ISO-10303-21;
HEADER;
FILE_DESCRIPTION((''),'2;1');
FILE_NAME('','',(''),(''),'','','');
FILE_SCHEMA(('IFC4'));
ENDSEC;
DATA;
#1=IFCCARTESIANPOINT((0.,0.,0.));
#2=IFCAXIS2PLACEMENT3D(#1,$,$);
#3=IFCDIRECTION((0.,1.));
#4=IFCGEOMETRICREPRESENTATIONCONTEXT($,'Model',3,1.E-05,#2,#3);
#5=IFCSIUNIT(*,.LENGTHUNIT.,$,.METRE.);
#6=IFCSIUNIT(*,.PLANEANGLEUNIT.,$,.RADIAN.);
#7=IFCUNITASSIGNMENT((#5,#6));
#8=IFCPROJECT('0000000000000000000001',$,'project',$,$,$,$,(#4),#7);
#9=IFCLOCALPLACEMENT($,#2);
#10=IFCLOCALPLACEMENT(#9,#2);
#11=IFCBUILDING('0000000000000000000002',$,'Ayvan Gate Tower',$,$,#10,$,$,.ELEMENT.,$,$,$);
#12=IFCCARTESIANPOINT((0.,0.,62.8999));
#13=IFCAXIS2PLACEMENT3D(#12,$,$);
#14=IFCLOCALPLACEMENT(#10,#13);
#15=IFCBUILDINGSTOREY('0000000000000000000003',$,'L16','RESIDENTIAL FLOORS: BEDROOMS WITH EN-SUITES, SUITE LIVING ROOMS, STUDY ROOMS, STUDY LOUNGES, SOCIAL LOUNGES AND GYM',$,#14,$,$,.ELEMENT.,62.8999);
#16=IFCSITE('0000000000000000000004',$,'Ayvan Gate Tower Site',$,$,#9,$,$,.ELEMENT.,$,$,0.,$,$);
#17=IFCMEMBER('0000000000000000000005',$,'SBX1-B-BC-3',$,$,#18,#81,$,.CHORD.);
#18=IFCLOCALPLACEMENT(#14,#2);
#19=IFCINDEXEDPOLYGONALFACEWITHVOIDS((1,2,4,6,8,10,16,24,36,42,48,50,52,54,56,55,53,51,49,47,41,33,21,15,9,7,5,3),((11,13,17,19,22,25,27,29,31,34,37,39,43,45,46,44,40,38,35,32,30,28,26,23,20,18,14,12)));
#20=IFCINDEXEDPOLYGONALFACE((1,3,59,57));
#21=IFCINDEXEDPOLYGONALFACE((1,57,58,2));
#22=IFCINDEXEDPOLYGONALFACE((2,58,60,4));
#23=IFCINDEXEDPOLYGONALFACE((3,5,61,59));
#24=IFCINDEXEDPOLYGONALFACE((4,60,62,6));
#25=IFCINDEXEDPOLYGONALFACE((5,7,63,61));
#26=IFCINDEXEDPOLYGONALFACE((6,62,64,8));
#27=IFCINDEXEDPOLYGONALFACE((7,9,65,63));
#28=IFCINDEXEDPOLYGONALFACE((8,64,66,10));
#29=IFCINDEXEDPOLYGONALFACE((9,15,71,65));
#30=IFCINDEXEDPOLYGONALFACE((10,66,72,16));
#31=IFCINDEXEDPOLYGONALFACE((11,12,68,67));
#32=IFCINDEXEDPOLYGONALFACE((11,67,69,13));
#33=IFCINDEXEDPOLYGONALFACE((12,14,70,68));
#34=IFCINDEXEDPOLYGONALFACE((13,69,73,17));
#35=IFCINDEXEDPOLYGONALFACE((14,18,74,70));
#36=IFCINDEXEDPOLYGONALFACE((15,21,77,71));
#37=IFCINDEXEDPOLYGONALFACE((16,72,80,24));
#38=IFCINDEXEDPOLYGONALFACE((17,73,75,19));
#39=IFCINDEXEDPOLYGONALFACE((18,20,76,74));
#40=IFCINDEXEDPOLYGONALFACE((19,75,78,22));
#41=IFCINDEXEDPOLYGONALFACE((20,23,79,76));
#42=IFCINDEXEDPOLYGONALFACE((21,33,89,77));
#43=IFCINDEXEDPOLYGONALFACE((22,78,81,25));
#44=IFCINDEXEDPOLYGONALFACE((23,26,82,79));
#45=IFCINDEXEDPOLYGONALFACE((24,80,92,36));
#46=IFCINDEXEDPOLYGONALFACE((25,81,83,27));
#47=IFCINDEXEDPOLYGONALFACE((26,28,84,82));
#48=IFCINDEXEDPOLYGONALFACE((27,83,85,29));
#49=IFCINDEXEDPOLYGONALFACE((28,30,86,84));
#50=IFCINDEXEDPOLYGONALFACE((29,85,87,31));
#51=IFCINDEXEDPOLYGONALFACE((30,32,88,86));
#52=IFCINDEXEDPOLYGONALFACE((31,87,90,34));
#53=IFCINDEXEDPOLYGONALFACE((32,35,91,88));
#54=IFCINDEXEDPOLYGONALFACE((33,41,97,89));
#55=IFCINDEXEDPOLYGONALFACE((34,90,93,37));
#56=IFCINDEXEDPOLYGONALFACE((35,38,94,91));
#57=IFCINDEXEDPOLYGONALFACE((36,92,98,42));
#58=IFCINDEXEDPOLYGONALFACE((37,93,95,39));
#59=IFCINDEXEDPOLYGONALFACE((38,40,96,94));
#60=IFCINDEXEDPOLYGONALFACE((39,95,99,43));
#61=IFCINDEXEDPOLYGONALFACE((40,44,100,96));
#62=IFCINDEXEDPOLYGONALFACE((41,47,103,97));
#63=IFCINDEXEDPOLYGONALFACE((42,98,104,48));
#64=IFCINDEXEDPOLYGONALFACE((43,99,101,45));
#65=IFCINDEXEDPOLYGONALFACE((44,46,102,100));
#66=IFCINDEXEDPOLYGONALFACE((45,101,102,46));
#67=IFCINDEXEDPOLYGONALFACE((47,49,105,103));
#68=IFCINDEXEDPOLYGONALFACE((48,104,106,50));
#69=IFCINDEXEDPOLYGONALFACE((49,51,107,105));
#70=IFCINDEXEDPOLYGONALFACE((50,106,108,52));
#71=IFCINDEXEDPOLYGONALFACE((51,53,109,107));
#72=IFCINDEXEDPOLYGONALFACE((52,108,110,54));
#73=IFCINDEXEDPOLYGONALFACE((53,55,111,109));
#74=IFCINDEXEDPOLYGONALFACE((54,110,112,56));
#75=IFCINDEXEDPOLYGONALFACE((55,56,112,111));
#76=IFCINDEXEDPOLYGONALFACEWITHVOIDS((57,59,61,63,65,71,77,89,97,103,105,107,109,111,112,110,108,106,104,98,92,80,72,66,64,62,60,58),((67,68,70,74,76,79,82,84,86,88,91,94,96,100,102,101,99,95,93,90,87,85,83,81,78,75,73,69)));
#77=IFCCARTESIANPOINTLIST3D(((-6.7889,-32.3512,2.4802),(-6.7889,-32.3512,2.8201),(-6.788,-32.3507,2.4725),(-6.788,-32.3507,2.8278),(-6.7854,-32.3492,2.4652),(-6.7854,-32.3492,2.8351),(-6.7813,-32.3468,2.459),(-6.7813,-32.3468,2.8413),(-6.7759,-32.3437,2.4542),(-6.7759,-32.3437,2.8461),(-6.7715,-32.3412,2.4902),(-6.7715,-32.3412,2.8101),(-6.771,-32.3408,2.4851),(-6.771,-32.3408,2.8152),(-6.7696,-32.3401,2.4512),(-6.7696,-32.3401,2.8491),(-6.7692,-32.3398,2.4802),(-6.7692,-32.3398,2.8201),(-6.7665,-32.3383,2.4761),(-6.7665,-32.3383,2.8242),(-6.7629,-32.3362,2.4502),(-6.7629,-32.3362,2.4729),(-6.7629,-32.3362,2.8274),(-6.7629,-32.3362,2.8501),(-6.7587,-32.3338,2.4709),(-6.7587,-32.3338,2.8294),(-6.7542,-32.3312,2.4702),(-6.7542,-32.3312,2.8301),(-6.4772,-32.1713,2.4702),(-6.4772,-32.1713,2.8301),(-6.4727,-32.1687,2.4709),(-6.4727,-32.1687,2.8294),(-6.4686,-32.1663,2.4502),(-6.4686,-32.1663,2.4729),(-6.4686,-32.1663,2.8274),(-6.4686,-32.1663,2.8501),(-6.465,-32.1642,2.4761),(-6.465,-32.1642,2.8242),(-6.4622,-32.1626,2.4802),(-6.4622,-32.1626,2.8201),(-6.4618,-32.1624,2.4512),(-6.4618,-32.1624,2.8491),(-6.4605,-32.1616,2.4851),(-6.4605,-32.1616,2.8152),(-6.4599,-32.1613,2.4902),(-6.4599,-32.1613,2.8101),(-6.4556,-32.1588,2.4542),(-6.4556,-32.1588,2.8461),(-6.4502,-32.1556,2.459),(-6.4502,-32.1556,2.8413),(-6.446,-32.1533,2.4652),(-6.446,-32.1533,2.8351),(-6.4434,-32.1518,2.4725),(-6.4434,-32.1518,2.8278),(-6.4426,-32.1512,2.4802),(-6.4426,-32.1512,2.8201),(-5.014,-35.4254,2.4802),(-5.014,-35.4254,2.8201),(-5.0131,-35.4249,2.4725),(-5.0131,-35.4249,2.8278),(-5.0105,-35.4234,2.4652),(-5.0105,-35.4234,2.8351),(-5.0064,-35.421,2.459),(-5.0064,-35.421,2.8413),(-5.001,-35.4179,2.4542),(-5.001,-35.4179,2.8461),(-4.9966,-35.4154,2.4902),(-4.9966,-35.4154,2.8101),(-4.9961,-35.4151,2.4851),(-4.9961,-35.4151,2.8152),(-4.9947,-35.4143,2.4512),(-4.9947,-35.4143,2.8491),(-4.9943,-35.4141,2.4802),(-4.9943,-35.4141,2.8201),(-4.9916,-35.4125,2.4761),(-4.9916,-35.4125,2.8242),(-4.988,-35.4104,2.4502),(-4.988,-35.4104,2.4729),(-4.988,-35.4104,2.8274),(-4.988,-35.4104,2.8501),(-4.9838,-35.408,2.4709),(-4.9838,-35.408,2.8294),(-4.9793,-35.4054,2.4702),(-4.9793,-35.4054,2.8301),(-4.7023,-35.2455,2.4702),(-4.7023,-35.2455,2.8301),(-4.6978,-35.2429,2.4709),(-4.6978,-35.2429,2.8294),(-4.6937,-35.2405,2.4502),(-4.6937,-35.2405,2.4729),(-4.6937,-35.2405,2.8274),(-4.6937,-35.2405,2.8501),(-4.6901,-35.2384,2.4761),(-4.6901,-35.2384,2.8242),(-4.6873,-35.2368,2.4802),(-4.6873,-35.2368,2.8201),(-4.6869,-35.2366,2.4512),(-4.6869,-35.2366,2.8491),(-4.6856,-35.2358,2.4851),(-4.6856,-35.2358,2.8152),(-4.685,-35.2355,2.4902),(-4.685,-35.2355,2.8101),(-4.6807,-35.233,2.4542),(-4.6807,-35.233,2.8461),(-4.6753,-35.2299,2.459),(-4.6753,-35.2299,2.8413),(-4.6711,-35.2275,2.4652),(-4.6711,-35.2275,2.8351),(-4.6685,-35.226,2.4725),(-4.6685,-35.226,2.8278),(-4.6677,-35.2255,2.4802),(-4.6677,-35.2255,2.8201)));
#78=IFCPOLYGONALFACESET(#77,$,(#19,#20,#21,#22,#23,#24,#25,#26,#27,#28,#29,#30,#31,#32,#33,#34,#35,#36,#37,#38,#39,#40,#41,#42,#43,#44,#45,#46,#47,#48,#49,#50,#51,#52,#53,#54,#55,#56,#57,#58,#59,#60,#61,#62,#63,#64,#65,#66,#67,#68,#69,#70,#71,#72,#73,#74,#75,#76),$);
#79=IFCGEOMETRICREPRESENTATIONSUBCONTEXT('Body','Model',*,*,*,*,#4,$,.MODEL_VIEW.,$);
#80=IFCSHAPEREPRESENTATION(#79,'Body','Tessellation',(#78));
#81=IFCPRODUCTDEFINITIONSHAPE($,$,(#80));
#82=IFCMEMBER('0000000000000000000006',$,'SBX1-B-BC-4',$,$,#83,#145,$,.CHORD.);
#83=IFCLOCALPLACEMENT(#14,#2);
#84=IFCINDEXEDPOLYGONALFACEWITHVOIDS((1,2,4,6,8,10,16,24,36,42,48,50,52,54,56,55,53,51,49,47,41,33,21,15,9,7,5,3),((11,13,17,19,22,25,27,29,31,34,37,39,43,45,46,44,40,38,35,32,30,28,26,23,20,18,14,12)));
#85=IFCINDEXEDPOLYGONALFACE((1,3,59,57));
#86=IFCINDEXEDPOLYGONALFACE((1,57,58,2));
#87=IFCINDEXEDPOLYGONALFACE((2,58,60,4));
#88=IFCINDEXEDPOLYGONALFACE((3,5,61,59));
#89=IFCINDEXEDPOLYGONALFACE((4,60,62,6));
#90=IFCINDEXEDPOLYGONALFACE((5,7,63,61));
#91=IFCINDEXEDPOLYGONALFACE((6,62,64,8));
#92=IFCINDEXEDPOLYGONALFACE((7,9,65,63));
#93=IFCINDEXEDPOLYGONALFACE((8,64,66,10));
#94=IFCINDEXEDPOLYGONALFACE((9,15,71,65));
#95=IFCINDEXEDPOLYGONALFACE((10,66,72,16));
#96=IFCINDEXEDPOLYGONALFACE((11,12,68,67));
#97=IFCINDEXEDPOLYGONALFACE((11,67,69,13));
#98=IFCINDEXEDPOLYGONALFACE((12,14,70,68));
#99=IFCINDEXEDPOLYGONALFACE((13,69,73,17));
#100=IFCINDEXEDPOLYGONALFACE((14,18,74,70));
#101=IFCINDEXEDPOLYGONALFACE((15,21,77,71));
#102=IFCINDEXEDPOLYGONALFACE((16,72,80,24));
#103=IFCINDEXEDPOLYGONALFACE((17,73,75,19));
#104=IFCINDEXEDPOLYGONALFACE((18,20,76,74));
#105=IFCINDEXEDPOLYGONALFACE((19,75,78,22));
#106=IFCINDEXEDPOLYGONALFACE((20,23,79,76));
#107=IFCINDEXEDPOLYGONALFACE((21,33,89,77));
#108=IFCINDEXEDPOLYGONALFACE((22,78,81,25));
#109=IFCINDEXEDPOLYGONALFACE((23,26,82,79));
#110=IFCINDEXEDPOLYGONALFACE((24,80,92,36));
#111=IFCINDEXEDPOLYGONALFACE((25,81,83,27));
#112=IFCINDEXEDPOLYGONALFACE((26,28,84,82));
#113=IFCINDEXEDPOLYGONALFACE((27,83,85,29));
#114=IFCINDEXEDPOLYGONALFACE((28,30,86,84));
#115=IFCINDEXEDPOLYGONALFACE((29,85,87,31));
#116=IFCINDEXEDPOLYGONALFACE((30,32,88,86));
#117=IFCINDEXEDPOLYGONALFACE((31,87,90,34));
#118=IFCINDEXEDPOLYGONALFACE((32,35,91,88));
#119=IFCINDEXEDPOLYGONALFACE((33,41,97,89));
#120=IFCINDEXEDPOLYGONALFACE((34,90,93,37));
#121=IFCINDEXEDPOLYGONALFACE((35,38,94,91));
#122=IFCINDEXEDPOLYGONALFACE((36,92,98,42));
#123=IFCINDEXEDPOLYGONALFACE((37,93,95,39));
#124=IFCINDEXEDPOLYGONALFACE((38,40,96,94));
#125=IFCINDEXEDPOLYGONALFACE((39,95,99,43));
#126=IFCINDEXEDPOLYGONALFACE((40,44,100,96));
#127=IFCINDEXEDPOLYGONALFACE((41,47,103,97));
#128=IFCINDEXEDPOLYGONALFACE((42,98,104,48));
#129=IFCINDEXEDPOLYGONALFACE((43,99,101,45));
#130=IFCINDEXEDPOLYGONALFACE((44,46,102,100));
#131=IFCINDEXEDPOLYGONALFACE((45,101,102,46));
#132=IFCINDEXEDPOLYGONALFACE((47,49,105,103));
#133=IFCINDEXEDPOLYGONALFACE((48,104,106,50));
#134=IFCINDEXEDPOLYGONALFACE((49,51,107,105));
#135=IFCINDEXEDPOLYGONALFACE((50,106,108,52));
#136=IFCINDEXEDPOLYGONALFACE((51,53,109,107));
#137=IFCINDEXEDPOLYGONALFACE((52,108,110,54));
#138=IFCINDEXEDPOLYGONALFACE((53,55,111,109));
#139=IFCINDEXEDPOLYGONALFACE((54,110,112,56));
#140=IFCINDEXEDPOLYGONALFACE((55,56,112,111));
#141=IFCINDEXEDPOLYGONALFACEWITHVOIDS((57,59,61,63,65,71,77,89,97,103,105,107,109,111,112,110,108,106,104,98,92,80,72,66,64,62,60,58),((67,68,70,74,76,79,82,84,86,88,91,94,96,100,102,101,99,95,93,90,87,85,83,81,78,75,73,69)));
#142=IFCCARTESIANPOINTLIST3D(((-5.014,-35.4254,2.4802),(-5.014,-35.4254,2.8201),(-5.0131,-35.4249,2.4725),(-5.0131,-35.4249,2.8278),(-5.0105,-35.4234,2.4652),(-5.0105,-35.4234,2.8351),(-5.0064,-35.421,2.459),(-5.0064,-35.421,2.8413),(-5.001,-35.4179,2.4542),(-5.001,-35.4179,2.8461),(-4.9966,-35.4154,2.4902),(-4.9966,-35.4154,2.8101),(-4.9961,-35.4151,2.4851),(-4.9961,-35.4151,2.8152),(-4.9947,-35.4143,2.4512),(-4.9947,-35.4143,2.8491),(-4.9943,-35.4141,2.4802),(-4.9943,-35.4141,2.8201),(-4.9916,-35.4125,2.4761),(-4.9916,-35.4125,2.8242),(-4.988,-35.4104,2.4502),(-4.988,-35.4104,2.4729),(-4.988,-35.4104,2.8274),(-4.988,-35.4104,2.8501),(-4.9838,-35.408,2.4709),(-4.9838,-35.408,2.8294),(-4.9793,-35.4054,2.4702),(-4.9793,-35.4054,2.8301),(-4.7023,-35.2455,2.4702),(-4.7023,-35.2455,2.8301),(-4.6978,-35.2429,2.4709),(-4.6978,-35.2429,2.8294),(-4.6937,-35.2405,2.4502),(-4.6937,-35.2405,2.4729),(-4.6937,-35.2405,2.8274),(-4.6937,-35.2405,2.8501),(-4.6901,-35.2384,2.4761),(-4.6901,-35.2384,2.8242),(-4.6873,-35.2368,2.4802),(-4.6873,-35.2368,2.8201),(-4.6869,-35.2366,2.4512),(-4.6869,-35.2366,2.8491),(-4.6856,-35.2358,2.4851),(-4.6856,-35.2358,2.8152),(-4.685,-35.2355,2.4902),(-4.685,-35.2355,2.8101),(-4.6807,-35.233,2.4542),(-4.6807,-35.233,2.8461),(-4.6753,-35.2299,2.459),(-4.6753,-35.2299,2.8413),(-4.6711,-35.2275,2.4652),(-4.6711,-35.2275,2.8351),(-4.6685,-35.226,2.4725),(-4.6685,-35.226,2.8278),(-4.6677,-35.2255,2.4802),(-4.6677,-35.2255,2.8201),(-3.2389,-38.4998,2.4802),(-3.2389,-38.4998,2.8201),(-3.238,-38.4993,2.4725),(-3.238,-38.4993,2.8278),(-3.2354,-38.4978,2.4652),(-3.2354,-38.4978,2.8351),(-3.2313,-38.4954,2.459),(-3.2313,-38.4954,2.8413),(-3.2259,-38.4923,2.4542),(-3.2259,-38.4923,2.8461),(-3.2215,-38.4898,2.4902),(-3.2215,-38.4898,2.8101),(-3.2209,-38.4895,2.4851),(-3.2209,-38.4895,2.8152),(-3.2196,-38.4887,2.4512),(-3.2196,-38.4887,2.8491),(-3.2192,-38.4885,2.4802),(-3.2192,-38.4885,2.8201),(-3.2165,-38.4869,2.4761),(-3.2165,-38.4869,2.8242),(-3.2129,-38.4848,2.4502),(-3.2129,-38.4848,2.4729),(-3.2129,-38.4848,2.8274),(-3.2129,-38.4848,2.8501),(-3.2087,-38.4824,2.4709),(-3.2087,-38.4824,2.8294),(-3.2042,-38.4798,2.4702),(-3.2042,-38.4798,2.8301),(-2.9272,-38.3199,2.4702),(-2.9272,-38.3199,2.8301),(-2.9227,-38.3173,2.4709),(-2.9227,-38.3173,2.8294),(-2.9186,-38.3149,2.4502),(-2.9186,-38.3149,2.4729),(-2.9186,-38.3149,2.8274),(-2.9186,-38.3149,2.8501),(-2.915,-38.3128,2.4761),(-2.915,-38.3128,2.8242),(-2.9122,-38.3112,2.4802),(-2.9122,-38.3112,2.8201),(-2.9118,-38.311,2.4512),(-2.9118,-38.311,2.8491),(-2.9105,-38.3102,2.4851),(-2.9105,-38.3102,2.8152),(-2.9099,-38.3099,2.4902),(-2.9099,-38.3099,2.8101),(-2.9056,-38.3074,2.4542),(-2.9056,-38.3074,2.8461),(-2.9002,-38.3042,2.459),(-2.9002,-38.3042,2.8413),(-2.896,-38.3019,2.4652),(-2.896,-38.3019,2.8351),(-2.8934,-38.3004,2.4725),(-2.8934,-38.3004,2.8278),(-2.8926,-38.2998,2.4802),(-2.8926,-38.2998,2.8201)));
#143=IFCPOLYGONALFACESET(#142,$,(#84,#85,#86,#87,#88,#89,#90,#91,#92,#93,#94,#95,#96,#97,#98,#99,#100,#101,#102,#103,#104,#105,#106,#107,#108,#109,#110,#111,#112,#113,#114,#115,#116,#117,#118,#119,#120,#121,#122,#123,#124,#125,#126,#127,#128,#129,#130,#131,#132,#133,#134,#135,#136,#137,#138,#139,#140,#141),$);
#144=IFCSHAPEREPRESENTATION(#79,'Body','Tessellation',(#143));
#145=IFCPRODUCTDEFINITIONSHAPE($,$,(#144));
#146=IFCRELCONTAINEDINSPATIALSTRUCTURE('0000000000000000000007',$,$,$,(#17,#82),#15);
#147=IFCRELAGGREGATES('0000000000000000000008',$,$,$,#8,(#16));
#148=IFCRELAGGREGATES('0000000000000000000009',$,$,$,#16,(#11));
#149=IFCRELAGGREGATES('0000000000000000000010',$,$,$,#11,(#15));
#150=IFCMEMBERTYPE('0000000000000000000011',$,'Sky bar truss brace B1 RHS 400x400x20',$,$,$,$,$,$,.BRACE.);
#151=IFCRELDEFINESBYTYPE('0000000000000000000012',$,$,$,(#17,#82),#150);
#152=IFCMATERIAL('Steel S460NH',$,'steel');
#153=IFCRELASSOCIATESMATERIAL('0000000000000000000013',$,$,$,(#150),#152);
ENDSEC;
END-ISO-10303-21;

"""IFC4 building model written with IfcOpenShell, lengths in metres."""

from ifc_helpers import new_model, si_unit, direction, frame, origin, origin_2d, place, context, subcontext, project, spatial, hollow_rectangle, extrude, material, material_profile, profile_set, type_object, element, save


model = new_model("IFC4")

# Units and contexts
model_context = context("Model", 3, precision=1e-05, world=origin(), true_north=direction((0.0, 1.0)))
body_context = subcontext(model_context, "Body", "Model", "MODEL_VIEW")
ifc_project = project(units=[si_unit("LENGTHUNIT", "METRE"), si_unit("PLANEANGLEUNIT", "RADIAN")], contexts=[model_context])

# Site, building, storey
site_placement = place(None, origin())
site = spatial("IfcSite", under=ifc_project, at=site_placement, Name="Ayvan Gate Tower Site", CompositionType="ELEMENT", RefElevation=0.0)
building_placement = place(site_placement, origin())
building = spatial("IfcBuilding", under=site, at=building_placement, Name="Ayvan Gate Tower", CompositionType="ELEMENT")
storey_placement = place(building_placement, frame((0.0, 0.0, 62.8999)))
storey = spatial("IfcBuildingStorey", under=building, at=storey_placement, Name="L16", Description="RESIDENTIAL FLOORS: BEDROOMS WITH EN-SUITES, SUITE LIVING ROOMS, STUDY ROOMS, STUDY LOUNGES, SOCIAL LOUNGES AND GYM", CompositionType="ELEMENT", Elevation=62.8999)

# Members
ifc_material_1 = material(Name="Steel S460NH", Category="steel")
ifc_material_profile_1 = material_profile(ifc_material_1, hollow_rectangle(XDim=0.3999, YDim=0.3999, WallThickness=0.02, InnerFilletRadius=0.02, OuterFilletRadius=0.03, at=origin_2d()), Name="RHS 400x400x20")
ifc_profile_set_1 = profile_set([ifc_material_profile_1], Name="Steel S460NH")
member_type_1 = type_object("IfcMemberType", Name="Sky bar truss brace B1 RHS 400x400x20", PredefinedType="BRACE", material=ifc_profile_set_1)
member_1_placement = place(storey_placement, frame((-6.6157, -32.2512, 2.6501), z_axis=(0.5, -0.866025, 0.0), x_axis=(0.866025, 0.5, 0.0)))
element("IfcMember", 1, at=member_1_placement, inside=storey, type_object=member_type_1, Name="SBX1-B-BC-3", PredefinedType="CHORD", context=body_context, shape_type="SweptSolid", body=[
    extrude(hollow_rectangle(XDim=0.3999, YDim=0.3999, WallThickness=0.02, InnerFilletRadius=0.02, OuterFilletRadius=0.03, at=origin_2d()), origin(), (0.0, 0.0, 1.0), 3.5498),
])
for number, where, z_axis, x_axis, name in (
    (2, (-4.8408, -35.3254, 2.6501), (0.500022, -0.866013, 0.0), (0.866013, 0.500022, 0.0), "SBX1-B-BC-4"),
):
    element("IfcMember", number, at=place(storey_placement, frame(where, z_axis=z_axis, x_axis=x_axis)), inside=storey, type_object=member_type_1, Name=name, PredefinedType="CHORD", context=body_context, shape_type="SweptSolid", body=[
        extrude(hollow_rectangle(XDim=0.3999, YDim=0.3999, WallThickness=0.02, InnerFilletRadius=0.02, OuterFilletRadius=0.03, at=origin_2d()), origin(), (0.0, 0.0, 1.0), 3.55),
    ])

save(model, "model.ifc")
